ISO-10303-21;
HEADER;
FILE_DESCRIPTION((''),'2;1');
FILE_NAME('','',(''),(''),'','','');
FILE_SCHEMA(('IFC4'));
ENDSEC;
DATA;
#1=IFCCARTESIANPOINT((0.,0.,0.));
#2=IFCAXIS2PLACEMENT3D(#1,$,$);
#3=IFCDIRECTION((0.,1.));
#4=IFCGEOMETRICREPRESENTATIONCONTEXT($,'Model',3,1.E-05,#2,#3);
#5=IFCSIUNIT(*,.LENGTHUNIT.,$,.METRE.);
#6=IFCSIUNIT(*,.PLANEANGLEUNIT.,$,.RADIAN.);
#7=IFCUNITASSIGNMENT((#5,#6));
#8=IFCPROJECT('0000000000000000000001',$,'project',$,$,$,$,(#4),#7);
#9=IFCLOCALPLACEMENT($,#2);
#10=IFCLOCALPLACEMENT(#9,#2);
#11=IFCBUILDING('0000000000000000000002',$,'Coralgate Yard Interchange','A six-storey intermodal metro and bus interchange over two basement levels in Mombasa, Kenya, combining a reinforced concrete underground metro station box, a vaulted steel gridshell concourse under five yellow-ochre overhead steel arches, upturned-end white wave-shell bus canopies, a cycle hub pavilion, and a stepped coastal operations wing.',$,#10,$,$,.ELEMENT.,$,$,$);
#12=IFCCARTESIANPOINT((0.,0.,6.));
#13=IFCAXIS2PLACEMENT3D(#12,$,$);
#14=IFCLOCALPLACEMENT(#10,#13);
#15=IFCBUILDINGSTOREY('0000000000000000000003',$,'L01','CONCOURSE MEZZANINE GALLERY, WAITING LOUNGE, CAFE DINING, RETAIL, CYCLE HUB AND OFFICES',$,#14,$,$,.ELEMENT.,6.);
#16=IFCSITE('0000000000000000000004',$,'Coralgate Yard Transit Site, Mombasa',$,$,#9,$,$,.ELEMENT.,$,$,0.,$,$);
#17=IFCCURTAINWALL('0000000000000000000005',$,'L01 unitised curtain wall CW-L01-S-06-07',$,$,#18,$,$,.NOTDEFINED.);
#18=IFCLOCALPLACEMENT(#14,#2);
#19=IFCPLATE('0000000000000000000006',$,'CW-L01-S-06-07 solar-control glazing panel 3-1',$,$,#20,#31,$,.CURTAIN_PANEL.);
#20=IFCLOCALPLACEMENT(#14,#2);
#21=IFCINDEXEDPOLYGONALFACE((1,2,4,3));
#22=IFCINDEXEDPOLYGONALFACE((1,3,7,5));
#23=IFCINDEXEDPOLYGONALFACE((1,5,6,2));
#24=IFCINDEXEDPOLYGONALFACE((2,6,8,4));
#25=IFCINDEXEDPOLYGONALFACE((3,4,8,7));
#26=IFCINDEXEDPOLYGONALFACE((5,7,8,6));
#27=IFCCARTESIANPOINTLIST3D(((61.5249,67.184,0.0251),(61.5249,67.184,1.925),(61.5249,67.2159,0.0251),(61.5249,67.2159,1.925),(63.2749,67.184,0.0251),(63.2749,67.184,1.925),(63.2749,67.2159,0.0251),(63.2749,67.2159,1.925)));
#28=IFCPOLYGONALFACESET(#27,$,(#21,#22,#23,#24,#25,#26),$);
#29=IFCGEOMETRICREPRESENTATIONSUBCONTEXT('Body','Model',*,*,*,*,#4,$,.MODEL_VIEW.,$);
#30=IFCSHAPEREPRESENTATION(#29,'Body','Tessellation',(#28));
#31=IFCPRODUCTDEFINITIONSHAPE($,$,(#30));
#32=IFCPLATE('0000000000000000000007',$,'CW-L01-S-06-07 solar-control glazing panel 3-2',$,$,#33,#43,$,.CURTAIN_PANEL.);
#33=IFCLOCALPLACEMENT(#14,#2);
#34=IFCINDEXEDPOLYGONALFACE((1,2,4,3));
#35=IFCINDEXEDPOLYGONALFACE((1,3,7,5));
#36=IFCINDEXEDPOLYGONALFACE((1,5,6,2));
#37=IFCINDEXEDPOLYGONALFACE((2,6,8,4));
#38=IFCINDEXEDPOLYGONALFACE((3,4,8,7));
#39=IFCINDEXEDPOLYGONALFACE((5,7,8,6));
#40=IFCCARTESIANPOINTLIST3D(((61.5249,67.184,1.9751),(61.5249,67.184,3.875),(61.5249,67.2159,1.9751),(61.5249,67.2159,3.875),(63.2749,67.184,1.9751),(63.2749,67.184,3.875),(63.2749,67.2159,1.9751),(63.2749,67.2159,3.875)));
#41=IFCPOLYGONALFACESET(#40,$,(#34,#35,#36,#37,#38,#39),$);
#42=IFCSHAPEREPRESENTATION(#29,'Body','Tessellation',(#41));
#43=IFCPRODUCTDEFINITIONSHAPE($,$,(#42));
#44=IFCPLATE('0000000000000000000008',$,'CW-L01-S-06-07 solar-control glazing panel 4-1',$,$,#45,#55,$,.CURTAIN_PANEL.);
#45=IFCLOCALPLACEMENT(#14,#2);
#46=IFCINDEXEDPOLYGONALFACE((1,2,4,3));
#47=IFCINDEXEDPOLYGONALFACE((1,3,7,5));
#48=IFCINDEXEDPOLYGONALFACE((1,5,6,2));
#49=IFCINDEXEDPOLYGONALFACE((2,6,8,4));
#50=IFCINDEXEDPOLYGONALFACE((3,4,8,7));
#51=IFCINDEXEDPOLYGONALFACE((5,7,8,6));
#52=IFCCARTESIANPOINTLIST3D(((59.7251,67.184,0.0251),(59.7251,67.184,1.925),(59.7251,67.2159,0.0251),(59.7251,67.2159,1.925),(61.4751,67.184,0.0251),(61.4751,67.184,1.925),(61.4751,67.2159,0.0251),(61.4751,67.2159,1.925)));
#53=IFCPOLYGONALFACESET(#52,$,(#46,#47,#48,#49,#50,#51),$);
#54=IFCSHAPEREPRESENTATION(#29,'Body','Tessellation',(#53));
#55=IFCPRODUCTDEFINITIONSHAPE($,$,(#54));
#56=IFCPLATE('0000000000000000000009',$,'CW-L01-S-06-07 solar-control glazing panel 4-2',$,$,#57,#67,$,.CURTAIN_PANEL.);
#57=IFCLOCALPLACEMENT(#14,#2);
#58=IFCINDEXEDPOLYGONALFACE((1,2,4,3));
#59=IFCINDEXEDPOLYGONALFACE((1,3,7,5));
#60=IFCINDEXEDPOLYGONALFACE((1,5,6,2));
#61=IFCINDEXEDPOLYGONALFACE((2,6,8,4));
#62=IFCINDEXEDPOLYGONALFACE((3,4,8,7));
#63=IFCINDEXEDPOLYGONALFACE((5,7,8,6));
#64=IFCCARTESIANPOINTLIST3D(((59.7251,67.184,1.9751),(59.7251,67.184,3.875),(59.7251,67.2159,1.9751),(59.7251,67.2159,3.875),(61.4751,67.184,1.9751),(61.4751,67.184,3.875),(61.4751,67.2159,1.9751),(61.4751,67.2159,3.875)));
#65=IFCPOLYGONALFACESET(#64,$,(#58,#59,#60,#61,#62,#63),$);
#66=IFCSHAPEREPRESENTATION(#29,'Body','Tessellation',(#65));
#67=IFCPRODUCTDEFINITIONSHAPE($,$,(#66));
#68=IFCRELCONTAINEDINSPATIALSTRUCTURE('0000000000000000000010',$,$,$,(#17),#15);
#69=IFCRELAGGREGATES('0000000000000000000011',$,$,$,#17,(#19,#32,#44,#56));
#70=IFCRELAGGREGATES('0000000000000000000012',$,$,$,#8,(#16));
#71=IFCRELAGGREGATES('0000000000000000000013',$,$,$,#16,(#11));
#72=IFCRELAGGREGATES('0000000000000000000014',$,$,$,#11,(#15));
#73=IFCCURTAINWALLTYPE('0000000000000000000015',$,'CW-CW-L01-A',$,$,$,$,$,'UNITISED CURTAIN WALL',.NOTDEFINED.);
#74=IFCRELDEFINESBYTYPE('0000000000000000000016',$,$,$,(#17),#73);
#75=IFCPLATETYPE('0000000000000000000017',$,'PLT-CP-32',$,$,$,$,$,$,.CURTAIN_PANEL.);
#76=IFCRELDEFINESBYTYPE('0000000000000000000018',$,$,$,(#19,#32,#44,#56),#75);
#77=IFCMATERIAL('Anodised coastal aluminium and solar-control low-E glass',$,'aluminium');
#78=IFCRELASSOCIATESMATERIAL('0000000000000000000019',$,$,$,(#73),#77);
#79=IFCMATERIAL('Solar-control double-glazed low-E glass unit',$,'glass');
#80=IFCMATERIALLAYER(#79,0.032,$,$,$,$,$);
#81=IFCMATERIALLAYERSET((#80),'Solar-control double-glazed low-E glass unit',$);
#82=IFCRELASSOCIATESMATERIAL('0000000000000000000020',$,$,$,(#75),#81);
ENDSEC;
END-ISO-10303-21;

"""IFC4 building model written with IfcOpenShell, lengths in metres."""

from ifc_helpers import new_model, si_unit, direction, frame, origin, origin_2d, place, context, subcontext, project, spatial, rectangle, extrude, material, layer, layer_set, type_object, element, aggregate, save


model = new_model("IFC4")

# Units and contexts
model_context = context("Model", 3, precision=1e-05, world=origin(), true_north=direction((0.0, 1.0)))
body_context = subcontext(model_context, "Body", "Model", "MODEL_VIEW")
ifc_project = project(units=[si_unit("LENGTHUNIT", "METRE"), si_unit("PLANEANGLEUNIT", "RADIAN")], contexts=[model_context])

# Site, building, storey
site_placement = place(None, origin())
site = spatial("IfcSite", under=ifc_project, at=site_placement, Name="Coralgate Yard Transit Site, Mombasa", CompositionType="ELEMENT", RefElevation=0.0)
building_placement = place(site_placement, origin())
building = spatial("IfcBuilding", under=site, at=building_placement, Name="Coralgate Yard Interchange", Description="A six-storey intermodal metro and bus interchange over two basement levels in Mombasa, Kenya, combining a reinforced concrete underground metro station box, a vaulted steel gridshell concourse under five yellow-ochre overhead steel arches, upturned-end white wave-shell bus canopies, a cycle hub pavilion, and a stepped coastal operations wing.", CompositionType="ELEMENT")
storey_placement = place(building_placement, frame((0.0, 0.0, 6.0)))
storey = spatial("IfcBuildingStorey", under=building, at=storey_placement, Name="L01", Description="CONCOURSE MEZZANINE GALLERY, WAITING LOUNGE, CAFE DINING, RETAIL, CYCLE HUB AND OFFICES", CompositionType="ELEMENT", Elevation=6.0)

# Curtain wall, plates
ifc_material_1 = material(Name="Anodised coastal aluminium and solar-control low-E glass", Category="aluminium")
curtain_wall_type = type_object("IfcCurtainWallType", Name="CW-CW-L01-A", ElementType="UNITISED CURTAIN WALL", PredefinedType="NOTDEFINED", material=ifc_material_1)
curtain_wall_placement = place(storey_placement, origin())
curtain_wall = element("IfcCurtainWall", 1, at=curtain_wall_placement, inside=storey, type_object=curtain_wall_type, Name="L01 unitised curtain wall CW-L01-S-06-07", PredefinedType="NOTDEFINED")
ifc_material_2 = material(Name="Solar-control double-glazed low-E glass unit", Category="glass")
ifc_layer = layer(ifc_material_2, 0.032)
ifc_layer_set = layer_set([ifc_layer], Name="Solar-control double-glazed low-E glass unit")
plate_type = type_object("IfcPlateType", Name="PLT-CP-32", PredefinedType="CURTAIN_PANEL", material=ifc_layer_set)
plate_1_placement = place(storey_placement, frame((62.3999, 67.2, 0.0251), z_axis=(0.0, 0.0, 1.0), x_axis=(-1.0, 0.0, 0.0)))
plate_1 = element("IfcPlate", 2, at=plate_1_placement, type_object=plate_type, Name="CW-L01-S-06-07 solar-control glazing panel 3-1", PredefinedType="CURTAIN_PANEL", context=body_context, shape_type="SweptSolid", body=[
    extrude(rectangle(XDim=1.75, YDim=0.032, at=origin_2d()), origin(), (0.0, 0.0, 1.0), 1.8999),
])
plate_2_placement = place(storey_placement, frame((62.3999, 67.2, 1.9751), z_axis=(0.0, 0.0, 1.0), x_axis=(-1.0, 0.0, 0.0)))
plate_2 = element("IfcPlate", 3, at=plate_2_placement, type_object=plate_type, Name="CW-L01-S-06-07 solar-control glazing panel 3-2", PredefinedType="CURTAIN_PANEL", context=body_context, shape_type="SweptSolid", body=[
    extrude(rectangle(XDim=1.75, YDim=0.032, at=origin_2d()), origin(), (0.0, 0.0, 1.0), 1.8999),
])
plate_3_placement = place(storey_placement, frame((60.6001, 67.2, 0.0251), z_axis=(0.0, 0.0, 1.0), x_axis=(-1.0, 0.0, 0.0)))
plate_3 = element("IfcPlate", 4, at=plate_3_placement, type_object=plate_type, Name="CW-L01-S-06-07 solar-control glazing panel 4-1", PredefinedType="CURTAIN_PANEL", context=body_context, shape_type="SweptSolid", body=[
    extrude(rectangle(XDim=1.75, YDim=0.032, at=origin_2d()), origin(), (0.0, 0.0, 1.0), 1.8999),
])
plate_4_placement = place(storey_placement, frame((60.6001, 67.2, 1.9751), z_axis=(0.0, 0.0, 1.0), x_axis=(-1.0, 0.0, 0.0)))
plate_4 = element("IfcPlate", 5, at=plate_4_placement, type_object=plate_type, Name="CW-L01-S-06-07 solar-control glazing panel 4-2", PredefinedType="CURTAIN_PANEL", context=body_context, shape_type="SweptSolid", body=[
    extrude(rectangle(XDim=1.75, YDim=0.032, at=origin_2d()), origin(), (0.0, 0.0, 1.0), 1.8999),
])
aggregate(curtain_wall, [plate_1, plate_2, plate_3, plate_4])

save(model, "model.ifc")
